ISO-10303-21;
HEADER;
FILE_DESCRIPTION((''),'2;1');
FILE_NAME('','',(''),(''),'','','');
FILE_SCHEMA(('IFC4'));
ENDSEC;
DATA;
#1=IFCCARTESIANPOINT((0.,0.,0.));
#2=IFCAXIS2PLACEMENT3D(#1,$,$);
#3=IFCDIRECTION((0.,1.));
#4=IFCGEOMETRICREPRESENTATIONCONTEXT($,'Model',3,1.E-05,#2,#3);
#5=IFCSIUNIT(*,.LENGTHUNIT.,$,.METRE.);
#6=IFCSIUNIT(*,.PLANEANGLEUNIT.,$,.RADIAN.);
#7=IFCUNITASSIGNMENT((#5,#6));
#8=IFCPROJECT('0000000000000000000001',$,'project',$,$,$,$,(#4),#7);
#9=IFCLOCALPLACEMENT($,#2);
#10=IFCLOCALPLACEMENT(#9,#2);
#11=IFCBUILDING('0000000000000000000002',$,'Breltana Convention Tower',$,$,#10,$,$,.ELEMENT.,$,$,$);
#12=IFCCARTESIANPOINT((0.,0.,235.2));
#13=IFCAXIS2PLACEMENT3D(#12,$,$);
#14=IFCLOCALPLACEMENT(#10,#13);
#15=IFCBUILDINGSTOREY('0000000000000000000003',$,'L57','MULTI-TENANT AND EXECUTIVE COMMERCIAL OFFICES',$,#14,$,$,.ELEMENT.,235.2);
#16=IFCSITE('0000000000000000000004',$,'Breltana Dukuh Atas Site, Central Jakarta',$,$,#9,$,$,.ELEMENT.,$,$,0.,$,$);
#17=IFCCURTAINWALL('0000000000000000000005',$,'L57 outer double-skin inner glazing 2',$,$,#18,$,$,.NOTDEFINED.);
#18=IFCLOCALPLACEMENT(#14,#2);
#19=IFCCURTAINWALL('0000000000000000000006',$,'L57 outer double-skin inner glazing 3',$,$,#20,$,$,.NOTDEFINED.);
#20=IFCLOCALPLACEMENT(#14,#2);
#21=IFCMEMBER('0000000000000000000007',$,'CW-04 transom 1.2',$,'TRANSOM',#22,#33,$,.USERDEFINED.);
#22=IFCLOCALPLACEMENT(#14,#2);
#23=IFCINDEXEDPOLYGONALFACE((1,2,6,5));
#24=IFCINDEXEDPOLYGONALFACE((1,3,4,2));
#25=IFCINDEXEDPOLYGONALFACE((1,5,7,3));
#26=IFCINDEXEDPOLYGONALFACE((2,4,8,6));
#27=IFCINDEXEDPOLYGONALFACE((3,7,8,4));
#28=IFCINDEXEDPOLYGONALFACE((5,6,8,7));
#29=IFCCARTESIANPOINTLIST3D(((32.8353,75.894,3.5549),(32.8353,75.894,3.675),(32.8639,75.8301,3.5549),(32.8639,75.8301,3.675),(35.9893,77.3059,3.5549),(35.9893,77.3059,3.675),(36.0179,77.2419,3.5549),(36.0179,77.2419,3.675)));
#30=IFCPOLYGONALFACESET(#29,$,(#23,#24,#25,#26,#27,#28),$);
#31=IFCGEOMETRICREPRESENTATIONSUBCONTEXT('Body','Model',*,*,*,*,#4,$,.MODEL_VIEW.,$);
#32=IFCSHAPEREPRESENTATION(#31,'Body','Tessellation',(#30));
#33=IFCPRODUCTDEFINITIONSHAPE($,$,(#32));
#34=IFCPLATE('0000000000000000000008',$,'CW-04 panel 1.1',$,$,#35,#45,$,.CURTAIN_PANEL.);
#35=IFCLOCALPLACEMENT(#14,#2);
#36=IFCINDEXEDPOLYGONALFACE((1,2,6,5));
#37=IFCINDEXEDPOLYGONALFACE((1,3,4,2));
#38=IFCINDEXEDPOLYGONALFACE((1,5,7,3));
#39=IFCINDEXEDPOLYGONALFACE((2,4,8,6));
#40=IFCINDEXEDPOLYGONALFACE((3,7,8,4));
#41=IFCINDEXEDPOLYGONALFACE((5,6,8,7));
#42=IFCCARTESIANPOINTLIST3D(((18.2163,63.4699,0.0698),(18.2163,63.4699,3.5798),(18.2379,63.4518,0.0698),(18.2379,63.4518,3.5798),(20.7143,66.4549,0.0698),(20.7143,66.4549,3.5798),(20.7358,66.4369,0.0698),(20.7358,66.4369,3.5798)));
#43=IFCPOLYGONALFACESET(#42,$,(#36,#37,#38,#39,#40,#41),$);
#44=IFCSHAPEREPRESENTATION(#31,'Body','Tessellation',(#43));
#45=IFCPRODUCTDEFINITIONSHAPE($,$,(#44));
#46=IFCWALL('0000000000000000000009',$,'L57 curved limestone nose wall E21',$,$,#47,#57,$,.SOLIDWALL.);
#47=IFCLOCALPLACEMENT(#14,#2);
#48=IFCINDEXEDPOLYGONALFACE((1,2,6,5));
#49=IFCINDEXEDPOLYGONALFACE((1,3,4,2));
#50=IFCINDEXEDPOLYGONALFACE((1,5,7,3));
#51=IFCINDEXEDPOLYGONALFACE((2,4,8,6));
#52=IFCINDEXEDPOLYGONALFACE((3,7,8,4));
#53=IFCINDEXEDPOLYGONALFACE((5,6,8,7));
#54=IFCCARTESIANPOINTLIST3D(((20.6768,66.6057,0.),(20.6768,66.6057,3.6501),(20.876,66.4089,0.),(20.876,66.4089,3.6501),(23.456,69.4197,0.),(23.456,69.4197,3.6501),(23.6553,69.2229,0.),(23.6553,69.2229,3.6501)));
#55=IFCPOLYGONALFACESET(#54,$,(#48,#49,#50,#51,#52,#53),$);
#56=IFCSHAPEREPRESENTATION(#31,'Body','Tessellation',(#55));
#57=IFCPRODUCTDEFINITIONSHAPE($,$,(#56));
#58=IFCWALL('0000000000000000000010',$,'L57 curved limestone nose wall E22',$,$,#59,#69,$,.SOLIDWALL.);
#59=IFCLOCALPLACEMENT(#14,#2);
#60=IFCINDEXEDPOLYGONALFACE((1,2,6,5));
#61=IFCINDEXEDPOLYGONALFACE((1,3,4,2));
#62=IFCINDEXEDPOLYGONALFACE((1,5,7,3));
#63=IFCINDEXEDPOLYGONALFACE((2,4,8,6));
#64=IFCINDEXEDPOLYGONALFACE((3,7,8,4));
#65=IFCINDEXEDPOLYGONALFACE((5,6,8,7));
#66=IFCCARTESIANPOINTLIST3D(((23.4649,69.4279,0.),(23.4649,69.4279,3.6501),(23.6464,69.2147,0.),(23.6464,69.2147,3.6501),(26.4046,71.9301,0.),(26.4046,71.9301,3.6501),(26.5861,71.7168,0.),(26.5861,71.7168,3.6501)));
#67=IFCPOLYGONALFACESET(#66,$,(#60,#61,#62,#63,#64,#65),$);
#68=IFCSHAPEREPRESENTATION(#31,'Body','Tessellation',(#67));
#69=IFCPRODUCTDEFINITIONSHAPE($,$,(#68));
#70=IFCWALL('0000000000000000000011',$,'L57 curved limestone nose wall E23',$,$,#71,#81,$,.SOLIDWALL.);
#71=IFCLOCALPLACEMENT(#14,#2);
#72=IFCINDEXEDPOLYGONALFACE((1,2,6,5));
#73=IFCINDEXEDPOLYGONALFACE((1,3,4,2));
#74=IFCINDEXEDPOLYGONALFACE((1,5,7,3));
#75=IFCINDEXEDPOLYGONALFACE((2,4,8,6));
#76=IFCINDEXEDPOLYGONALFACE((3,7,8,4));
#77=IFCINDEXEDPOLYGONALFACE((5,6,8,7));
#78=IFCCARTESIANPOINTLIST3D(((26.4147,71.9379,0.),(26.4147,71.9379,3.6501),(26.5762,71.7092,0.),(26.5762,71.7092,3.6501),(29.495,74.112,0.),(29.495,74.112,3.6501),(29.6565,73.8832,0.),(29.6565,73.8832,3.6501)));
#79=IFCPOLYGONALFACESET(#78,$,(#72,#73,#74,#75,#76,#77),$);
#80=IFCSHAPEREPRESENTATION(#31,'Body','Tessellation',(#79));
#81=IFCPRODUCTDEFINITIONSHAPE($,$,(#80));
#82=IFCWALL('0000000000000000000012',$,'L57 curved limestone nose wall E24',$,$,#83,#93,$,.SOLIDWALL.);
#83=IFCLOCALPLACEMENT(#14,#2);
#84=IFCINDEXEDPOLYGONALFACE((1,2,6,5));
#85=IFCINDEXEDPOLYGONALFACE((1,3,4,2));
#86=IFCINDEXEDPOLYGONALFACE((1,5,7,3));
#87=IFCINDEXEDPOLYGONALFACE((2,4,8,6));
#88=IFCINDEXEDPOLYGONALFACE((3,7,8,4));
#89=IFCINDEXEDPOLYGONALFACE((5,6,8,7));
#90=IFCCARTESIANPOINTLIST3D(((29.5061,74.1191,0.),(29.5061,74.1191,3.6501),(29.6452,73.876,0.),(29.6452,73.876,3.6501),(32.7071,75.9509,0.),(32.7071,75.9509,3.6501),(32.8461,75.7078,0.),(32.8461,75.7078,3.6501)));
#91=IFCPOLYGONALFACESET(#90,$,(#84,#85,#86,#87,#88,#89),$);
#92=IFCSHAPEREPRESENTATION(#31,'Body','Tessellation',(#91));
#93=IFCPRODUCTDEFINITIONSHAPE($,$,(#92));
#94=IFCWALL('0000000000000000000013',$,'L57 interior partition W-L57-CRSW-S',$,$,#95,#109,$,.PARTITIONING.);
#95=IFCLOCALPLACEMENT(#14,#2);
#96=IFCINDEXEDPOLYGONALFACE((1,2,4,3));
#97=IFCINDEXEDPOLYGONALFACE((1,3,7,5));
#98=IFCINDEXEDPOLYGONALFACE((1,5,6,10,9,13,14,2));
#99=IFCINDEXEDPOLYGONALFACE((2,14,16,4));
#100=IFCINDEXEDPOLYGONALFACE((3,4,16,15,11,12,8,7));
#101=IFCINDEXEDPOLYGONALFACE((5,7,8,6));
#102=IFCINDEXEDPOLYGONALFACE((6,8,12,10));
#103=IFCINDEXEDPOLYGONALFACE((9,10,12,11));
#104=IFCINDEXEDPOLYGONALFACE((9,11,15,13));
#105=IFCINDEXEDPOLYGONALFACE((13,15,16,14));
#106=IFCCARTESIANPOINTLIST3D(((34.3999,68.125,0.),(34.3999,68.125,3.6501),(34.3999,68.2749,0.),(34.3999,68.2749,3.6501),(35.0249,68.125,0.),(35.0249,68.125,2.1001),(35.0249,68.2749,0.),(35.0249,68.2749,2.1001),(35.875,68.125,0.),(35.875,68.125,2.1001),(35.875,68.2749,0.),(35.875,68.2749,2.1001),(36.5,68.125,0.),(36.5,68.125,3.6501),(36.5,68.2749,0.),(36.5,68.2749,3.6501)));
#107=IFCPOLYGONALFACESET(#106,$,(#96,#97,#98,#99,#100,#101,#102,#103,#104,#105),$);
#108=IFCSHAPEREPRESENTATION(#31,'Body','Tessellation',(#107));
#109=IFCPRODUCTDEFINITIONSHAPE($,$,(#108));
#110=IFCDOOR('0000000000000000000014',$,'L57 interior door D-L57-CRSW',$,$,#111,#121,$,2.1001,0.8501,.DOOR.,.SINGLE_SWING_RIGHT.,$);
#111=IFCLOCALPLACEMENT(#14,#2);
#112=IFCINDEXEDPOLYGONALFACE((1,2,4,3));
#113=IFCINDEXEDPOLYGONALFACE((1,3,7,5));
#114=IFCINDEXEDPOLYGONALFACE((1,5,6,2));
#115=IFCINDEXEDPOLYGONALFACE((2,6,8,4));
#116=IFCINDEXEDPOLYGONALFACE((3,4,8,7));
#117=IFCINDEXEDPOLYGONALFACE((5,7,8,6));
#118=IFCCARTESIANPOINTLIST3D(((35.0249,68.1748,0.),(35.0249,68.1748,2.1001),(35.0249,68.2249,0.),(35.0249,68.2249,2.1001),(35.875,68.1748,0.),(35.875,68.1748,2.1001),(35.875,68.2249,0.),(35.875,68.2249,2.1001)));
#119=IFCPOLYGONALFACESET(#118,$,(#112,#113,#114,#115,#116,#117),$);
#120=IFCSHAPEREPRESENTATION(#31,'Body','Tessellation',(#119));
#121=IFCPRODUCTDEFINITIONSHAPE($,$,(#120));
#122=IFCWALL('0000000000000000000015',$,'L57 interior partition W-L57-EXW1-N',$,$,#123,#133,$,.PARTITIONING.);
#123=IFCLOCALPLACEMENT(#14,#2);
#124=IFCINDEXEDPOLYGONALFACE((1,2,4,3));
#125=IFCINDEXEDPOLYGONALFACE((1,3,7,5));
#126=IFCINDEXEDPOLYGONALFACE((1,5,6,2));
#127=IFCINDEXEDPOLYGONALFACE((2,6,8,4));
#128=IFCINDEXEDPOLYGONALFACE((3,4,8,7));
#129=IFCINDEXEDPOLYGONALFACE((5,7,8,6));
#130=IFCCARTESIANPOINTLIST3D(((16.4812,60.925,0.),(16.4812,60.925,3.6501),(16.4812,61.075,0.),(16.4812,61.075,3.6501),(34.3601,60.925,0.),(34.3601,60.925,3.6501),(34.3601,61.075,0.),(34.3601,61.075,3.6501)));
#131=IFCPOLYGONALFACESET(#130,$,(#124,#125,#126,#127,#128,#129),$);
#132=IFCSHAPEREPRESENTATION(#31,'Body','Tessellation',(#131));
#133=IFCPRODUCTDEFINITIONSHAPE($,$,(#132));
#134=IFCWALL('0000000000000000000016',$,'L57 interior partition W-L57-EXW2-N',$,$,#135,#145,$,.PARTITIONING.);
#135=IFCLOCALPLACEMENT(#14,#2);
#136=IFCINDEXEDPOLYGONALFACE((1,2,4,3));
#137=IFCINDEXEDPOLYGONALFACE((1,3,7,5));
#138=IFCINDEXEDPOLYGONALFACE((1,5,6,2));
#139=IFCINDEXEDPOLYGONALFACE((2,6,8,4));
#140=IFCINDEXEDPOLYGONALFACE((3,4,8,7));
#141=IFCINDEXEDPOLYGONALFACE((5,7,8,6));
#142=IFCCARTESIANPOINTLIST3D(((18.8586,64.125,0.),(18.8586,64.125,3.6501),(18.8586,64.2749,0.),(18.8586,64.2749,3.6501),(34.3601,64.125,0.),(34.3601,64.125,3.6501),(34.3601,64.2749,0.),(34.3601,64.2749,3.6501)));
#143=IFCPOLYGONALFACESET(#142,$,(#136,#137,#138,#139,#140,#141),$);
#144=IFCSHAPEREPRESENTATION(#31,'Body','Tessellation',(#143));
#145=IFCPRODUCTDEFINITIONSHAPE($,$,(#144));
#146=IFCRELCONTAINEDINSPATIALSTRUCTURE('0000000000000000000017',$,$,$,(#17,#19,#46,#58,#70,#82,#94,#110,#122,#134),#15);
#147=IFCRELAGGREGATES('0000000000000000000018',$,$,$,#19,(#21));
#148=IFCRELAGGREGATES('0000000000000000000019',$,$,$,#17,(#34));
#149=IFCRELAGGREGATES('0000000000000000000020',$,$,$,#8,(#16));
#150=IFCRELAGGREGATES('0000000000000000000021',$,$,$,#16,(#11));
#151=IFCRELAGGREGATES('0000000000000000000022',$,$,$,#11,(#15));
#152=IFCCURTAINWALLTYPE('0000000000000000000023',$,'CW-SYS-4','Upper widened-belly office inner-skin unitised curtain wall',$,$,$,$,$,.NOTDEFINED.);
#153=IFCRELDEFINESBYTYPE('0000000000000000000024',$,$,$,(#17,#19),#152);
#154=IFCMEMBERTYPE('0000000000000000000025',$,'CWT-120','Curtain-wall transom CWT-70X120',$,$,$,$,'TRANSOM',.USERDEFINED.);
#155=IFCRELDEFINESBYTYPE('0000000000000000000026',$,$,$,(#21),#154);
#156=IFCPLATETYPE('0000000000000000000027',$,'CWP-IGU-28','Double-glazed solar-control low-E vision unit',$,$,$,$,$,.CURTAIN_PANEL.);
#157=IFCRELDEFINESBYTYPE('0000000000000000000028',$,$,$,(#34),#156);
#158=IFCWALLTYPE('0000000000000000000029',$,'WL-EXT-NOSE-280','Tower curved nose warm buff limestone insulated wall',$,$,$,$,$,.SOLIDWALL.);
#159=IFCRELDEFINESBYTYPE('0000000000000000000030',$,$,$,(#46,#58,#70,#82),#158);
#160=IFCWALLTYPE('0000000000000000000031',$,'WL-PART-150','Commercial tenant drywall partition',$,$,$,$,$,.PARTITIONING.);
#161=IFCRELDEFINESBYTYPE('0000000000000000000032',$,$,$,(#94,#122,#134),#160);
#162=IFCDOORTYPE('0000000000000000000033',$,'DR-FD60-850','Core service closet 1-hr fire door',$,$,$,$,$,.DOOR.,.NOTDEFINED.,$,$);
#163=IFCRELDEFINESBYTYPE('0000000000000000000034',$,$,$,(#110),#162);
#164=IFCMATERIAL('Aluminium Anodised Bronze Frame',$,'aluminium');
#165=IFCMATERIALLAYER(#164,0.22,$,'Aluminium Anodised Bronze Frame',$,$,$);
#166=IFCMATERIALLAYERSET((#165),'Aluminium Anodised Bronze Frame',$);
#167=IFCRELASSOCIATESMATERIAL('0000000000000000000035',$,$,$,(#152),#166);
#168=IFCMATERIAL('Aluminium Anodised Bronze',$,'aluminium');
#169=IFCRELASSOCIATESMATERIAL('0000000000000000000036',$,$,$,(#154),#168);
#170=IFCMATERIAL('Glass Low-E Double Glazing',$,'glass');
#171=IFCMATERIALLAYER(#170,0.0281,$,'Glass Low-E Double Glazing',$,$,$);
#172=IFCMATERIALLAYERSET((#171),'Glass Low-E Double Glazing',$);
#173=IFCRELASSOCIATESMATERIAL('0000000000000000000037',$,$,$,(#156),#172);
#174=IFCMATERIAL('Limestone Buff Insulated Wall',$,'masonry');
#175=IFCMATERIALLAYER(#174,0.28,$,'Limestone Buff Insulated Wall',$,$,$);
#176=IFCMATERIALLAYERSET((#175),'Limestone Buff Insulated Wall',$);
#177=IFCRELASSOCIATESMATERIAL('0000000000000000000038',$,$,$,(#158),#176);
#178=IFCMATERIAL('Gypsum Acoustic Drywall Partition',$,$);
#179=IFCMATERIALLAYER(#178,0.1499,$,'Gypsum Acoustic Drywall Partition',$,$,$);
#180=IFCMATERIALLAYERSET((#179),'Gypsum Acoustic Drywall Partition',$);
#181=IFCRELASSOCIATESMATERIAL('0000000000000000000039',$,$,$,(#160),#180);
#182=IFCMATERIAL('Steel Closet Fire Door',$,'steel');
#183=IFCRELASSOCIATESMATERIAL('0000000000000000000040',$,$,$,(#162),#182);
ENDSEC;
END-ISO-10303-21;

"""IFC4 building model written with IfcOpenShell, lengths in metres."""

from ifc_helpers import new_model, si_unit, direction, frame, frame_2d, origin, origin_2d, place, context, subcontext, project, spatial, rectangle, extrude, source, transform, mapped, material, layer, layer_set, material_profile, profile_set, type_object, type_shapes, element, fill, aggregate, save


model = new_model("IFC4")

# Units and contexts
model_context = context("Model", 3, precision=1e-05, world=origin(), true_north=direction((0.0, 1.0)))
body_context = subcontext(model_context, "Body", "Model", "MODEL_VIEW")
ifc_project = project(units=[si_unit("LENGTHUNIT", "METRE"), si_unit("PLANEANGLEUNIT", "RADIAN")], contexts=[model_context])

# Site, building, storey
site_placement = place(None, origin())
site = spatial("IfcSite", under=ifc_project, at=site_placement, Name="Breltana Dukuh Atas Site, Central Jakarta", CompositionType="ELEMENT", RefElevation=0.0)
building_placement = place(site_placement, origin())
building = spatial("IfcBuilding", under=site, at=building_placement, Name="Breltana Convention Tower", CompositionType="ELEMENT")
storey_placement = place(building_placement, frame((0.0, 0.0, 235.2)))
storey = spatial("IfcBuildingStorey", under=building, at=storey_placement, Name="L57", Description="MULTI-TENANT AND EXECUTIVE COMMERCIAL OFFICES", CompositionType="ELEMENT", Elevation=235.2)

# Curtain wall
ifc_material_1 = material(Name="Aluminium Anodised Bronze Frame", Category="aluminium")
ifc_layer_1 = layer(ifc_material_1, 0.22, Name="Aluminium Anodised Bronze Frame")
ifc_layer_set_1 = layer_set([ifc_layer_1], Name="Aluminium Anodised Bronze Frame")
curtain_wall_type = type_object("IfcCurtainWallType", Name="CW-SYS-4", Description="Upper widened-belly office inner-skin unitised curtain wall", PredefinedType="NOTDEFINED", material=ifc_layer_set_1)
curtain_wall_1_placement = place(storey_placement, origin())
curtain_wall_1 = element("IfcCurtainWall", 1, at=curtain_wall_1_placement, inside=storey, type_object=curtain_wall_type, Name="L57 outer double-skin inner glazing 2", PredefinedType="NOTDEFINED")
ifc_material_2 = material(Name="Aluminium Anodised Bronze", Category="aluminium")

# Curtain wall
curtain_wall_2_placement = place(storey_placement, origin())
curtain_wall_2 = element("IfcCurtainWall", 2, at=curtain_wall_2_placement, inside=storey, type_object=curtain_wall_type, Name="L57 outer double-skin inner glazing 3", PredefinedType="NOTDEFINED")

# Member
ifc_material_profile_1 = material_profile(ifc_material_2, rectangle(XDim=0.0701, YDim=0.1201, at=origin_2d()), Name="CWT-70X120")
ifc_profile_set_1 = profile_set([ifc_material_profile_1], Name="Aluminium Anodised Bronze")
member_type_1 = type_object("IfcMemberType", Name="CWT-120", Description="Curtain-wall transom CWT-70X120", ElementType="TRANSOM", PredefinedType="USERDEFINED", material=ifc_profile_set_1)
shared_shape_1 = source(origin(), body_context, "Body", "SweptSolid", [
    extrude(rectangle(XDim=0.0701, YDim=0.1201, at=origin_2d()), origin(), (0.0, 0.0, 1.0), 3.4556),
])
member_1_placement = place(storey_placement, frame((32.8496, 75.8621, 3.615), z_axis=(0.912727, 0.408569, 0.0), x_axis=(-0.408569, 0.912727, 0.0)))
member_1 = element("IfcMember", 3, at=member_1_placement, type_object=member_type_1, Name="CW-04 transom 1.2", ObjectType="TRANSOM", PredefinedType="USERDEFINED", context=body_context, shape_type="MappedRepresentation", body=[
    mapped(shared_shape_1, transform((0.0, 0.0, 0.0), scale=1.0)),
])
aggregate(curtain_wall_2, [member_1])

# Plate
ifc_material_3 = material(Name="Glass Low-E Double Glazing", Category="glass")
ifc_layer_2 = layer(ifc_material_3, 0.0281, Name="Glass Low-E Double Glazing")
ifc_layer_set_2 = layer_set([ifc_layer_2], Name="Glass Low-E Double Glazing")
plate_type = type_object("IfcPlateType", Name="CWP-IGU-28", Description="Double-glazed solar-control low-E vision unit", PredefinedType="CURTAIN_PANEL", material=ifc_layer_set_2)
shared_shape_2 = source(origin(), body_context, "Body", "SweptSolid", [
    extrude(rectangle(XDim=3.8923, YDim=0.0281, at=origin_2d()), origin(), (0.0, 0.0, 1.0), 3.51),
])
plate_placement = place(storey_placement, frame((19.4761, 64.9534, 0.0698), z_axis=(0.0, 0.0, 1.0), x_axis=(0.641763, 0.766903, 0.0)))
plate = element("IfcPlate", 4, at=plate_placement, type_object=plate_type, Name="CW-04 panel 1.1", PredefinedType="CURTAIN_PANEL", context=body_context, shape_type="MappedRepresentation", body=[
    mapped(shared_shape_2, transform((0.0, 0.0, 0.0), scale=1.0)),
])
aggregate(curtain_wall_1, [plate])

# Walls
ifc_material_4 = material(Name="Limestone Buff Insulated Wall", Category="masonry")
ifc_layer_3 = layer(ifc_material_4, 0.28, Name="Limestone Buff Insulated Wall")
ifc_layer_set_3 = layer_set([ifc_layer_3], Name="Limestone Buff Insulated Wall")
wall_type_1 = type_object("IfcWallType", Name="WL-EXT-NOSE-280", Description="Tower curved nose warm buff limestone insulated wall", PredefinedType="SOLIDWALL", material=ifc_layer_set_3)
shared_shape_3 = source(origin(), body_context, "Body", "SweptSolid", [
    extrude(rectangle(XDim=3.9551, YDim=0.28, at=frame_2d((1.9775, 0.0))), origin(), (0.0, 0.0, 1.0), 3.6501),
])
wall_1_placement = place(storey_placement, frame((20.7764, 66.5073, 0.0), z_axis=(0.0, 0.0, 1.0), x_axis=(0.702711, 0.711476, 0.0)))
element("IfcWall", 5, at=wall_1_placement, inside=storey, type_object=wall_type_1, Name="L57 curved limestone nose wall E21", PredefinedType="SOLIDWALL", context=body_context, shape_type="MappedRepresentation", body=[
    mapped(shared_shape_3, transform((0.0, 0.0, 0.0), scale=1.0)),
])
shared_shape_4 = source(origin(), body_context, "Body", "SweptSolid", [
    extrude(rectangle(XDim=3.8604, YDim=0.28, at=frame_2d((1.9302, 0.0))), origin(), (0.0, 0.0, 1.0), 3.6501),
])
wall_2_placement = place(storey_placement, frame((23.5557, 69.3213, 0.0), z_axis=(0.0, 0.0, 1.0), x_axis=(0.761498, 0.648168, 0.0)))
element("IfcWall", 6, at=wall_2_placement, inside=storey, type_object=wall_type_1, Name="L57 curved limestone nose wall E22", PredefinedType="SOLIDWALL", context=body_context, shape_type="MappedRepresentation", body=[
    mapped(shared_shape_4, transform((0.0, 0.0, 0.0), scale=1.0)),
])
shared_shape_5 = source(origin(), body_context, "Body", "SweptSolid", [
    extrude(rectangle(XDim=3.7703, YDim=0.28, at=frame_2d((1.8853, 0.0))), origin(), (0.0, 0.0, 1.0), 3.6501),
])
wall_3_placement = place(storey_placement, frame((26.4954, 71.8235, 0.0), z_axis=(0.0, 0.0, 1.0), x_axis=(0.817002, 0.576635, 0.0)))
element("IfcWall", 7, at=wall_3_placement, inside=storey, type_object=wall_type_1, Name="L57 curved limestone nose wall E23", PredefinedType="SOLIDWALL", context=body_context, shape_type="MappedRepresentation", body=[
    mapped(shared_shape_5, transform((0.0, 0.0, 0.0), scale=1.0)),
])
shared_shape_6 = source(origin(), body_context, "Body", "SweptSolid", [
    extrude(rectangle(XDim=3.688, YDim=0.28, at=frame_2d((1.844, 0.0))), origin(), (0.0, 0.0, 1.0), 3.6501),
])
wall_4_placement = place(storey_placement, frame((29.5757, 73.9976, 0.0), z_axis=(0.0, 0.0, 1.0), x_axis=(0.867929, 0.496688, 0.0)))
element("IfcWall", 8, at=wall_4_placement, inside=storey, type_object=wall_type_1, Name="L57 curved limestone nose wall E24", PredefinedType="SOLIDWALL", context=body_context, shape_type="MappedRepresentation", body=[
    mapped(shared_shape_6, transform((0.0, 0.0, 0.0), scale=1.0)),
])

# Wall, opening, door
ifc_material_5 = material(Name="Gypsum Acoustic Drywall Partition")
ifc_layer_4 = layer(ifc_material_5, 0.1499, Name="Gypsum Acoustic Drywall Partition")
ifc_layer_set_4 = layer_set([ifc_layer_4], Name="Gypsum Acoustic Drywall Partition")
wall_type_2 = type_object("IfcWallType", Name="WL-PART-150", Description="Commercial tenant drywall partition", PredefinedType="PARTITIONING", material=ifc_layer_set_4)
shared_shape_7 = source(origin(), body_context, "Body", "SweptSolid", [
    extrude(rectangle(XDim=2.1001, YDim=0.1499, at=frame_2d((1.05, 0.0))), origin(), (0.0, 0.0, 1.0), 3.6501),
])
wall_5_placement = place(storey_placement, frame((34.3999, 68.2, 0.0), z_axis=(0.0, 0.0, 1.0), x_axis=(1.0, 0.0, 0.0)))
wall_5 = element("IfcWall", 9, at=wall_5_placement, inside=storey, type_object=wall_type_2, Name="L57 interior partition W-L57-CRSW-S", PredefinedType="PARTITIONING", context=body_context, shape_type="MappedRepresentation", body=[
    mapped(shared_shape_7, transform((0.0, 0.0, 0.0), scale=1.0)),
])
opening_1_placement = place(wall_5_placement, frame((0.625, 0.0, 0.0)))
opening_1 = element("IfcOpeningElement", 10, at=opening_1_placement, cuts=wall_5, PredefinedType="OPENING", context=body_context, shape_type="SweptSolid", body=[
    extrude(rectangle(XDim=0.8501, YDim=2.1001, at=frame_2d((0.425, 1.05))), frame((0.0, 0.085, 0.0), z_axis=(0.0, -1.0, 0.0), x_axis=(1.0, 0.0, 0.0)), (0.0, 0.0, 1.0), 0.1699),
])
ifc_material_6 = material(Name="Steel Closet Fire Door", Category="steel")
door_type_1 = type_object("IfcDoorType", Name="DR-FD60-850", Description="Core service closet 1-hr fire door", OperationType="NOTDEFINED", PredefinedType="DOOR", material=ifc_material_6)
shared_shape_8 = source(origin(), body_context, "Body", "SweptSolid", [
    extrude(rectangle(XDim=0.8501, YDim=2.1001, at=frame_2d((0.425, 1.05))), frame((0.0, 0.0249, 0.0), z_axis=(0.0, -1.0, 0.0), x_axis=(1.0, 0.0, 0.0)), (0.0, 0.0, 1.0), 0.05),
])
type_shapes(door_type_1, [shared_shape_8])
door_1_placement = place(opening_1_placement, origin())
door_1 = element("IfcDoor", 11, at=door_1_placement, inside=storey, type_object=door_type_1, Name="L57 interior door D-L57-CRSW", OperationType="SINGLE_SWING_RIGHT", OverallHeight=2.1001, OverallWidth=0.8501, PredefinedType="DOOR", context=body_context, shape_type="MappedRepresentation", body=[
    mapped(shared_shape_8, transform((0.0, 0.0, 0.0), scale=1.0)),
])
fill(opening_1, door_1)

# Walls
shared_shape_9 = source(origin(), body_context, "Body", "SweptSolid", [
    extrude(rectangle(XDim=17.8789, YDim=0.1499, at=frame_2d((8.9395, 0.0))), origin(), (0.0, 0.0, 1.0), 3.6501),
])
wall_6_placement = place(storey_placement, frame((16.4812, 61.0, 0.0), z_axis=(0.0, 0.0, 1.0), x_axis=(1.0, 0.0, 0.0)))
element("IfcWall", 12, at=wall_6_placement, inside=storey, type_object=wall_type_2, Name="L57 interior partition W-L57-EXW1-N", PredefinedType="PARTITIONING", context=body_context, shape_type="MappedRepresentation", body=[
    mapped(shared_shape_9, transform((0.0, 0.0, 0.0), scale=1.0)),
])
shared_shape_10 = source(origin(), body_context, "Body", "SweptSolid", [
    extrude(rectangle(XDim=15.5015, YDim=0.1499, at=frame_2d((7.7507, 0.0))), origin(), (0.0, 0.0, 1.0), 3.6501),
])
wall_7_placement = place(storey_placement, frame((18.8586, 64.2, 0.0), z_axis=(0.0, 0.0, 1.0), x_axis=(1.0, 0.0, 0.0)))
element("IfcWall", 13, at=wall_7_placement, inside=storey, type_object=wall_type_2, Name="L57 interior partition W-L57-EXW2-N", PredefinedType="PARTITIONING", context=body_context, shape_type="MappedRepresentation", body=[
    mapped(shared_shape_10, transform((0.0, 0.0, 0.0), scale=1.0)),
])

save(model, "model.ifc")
